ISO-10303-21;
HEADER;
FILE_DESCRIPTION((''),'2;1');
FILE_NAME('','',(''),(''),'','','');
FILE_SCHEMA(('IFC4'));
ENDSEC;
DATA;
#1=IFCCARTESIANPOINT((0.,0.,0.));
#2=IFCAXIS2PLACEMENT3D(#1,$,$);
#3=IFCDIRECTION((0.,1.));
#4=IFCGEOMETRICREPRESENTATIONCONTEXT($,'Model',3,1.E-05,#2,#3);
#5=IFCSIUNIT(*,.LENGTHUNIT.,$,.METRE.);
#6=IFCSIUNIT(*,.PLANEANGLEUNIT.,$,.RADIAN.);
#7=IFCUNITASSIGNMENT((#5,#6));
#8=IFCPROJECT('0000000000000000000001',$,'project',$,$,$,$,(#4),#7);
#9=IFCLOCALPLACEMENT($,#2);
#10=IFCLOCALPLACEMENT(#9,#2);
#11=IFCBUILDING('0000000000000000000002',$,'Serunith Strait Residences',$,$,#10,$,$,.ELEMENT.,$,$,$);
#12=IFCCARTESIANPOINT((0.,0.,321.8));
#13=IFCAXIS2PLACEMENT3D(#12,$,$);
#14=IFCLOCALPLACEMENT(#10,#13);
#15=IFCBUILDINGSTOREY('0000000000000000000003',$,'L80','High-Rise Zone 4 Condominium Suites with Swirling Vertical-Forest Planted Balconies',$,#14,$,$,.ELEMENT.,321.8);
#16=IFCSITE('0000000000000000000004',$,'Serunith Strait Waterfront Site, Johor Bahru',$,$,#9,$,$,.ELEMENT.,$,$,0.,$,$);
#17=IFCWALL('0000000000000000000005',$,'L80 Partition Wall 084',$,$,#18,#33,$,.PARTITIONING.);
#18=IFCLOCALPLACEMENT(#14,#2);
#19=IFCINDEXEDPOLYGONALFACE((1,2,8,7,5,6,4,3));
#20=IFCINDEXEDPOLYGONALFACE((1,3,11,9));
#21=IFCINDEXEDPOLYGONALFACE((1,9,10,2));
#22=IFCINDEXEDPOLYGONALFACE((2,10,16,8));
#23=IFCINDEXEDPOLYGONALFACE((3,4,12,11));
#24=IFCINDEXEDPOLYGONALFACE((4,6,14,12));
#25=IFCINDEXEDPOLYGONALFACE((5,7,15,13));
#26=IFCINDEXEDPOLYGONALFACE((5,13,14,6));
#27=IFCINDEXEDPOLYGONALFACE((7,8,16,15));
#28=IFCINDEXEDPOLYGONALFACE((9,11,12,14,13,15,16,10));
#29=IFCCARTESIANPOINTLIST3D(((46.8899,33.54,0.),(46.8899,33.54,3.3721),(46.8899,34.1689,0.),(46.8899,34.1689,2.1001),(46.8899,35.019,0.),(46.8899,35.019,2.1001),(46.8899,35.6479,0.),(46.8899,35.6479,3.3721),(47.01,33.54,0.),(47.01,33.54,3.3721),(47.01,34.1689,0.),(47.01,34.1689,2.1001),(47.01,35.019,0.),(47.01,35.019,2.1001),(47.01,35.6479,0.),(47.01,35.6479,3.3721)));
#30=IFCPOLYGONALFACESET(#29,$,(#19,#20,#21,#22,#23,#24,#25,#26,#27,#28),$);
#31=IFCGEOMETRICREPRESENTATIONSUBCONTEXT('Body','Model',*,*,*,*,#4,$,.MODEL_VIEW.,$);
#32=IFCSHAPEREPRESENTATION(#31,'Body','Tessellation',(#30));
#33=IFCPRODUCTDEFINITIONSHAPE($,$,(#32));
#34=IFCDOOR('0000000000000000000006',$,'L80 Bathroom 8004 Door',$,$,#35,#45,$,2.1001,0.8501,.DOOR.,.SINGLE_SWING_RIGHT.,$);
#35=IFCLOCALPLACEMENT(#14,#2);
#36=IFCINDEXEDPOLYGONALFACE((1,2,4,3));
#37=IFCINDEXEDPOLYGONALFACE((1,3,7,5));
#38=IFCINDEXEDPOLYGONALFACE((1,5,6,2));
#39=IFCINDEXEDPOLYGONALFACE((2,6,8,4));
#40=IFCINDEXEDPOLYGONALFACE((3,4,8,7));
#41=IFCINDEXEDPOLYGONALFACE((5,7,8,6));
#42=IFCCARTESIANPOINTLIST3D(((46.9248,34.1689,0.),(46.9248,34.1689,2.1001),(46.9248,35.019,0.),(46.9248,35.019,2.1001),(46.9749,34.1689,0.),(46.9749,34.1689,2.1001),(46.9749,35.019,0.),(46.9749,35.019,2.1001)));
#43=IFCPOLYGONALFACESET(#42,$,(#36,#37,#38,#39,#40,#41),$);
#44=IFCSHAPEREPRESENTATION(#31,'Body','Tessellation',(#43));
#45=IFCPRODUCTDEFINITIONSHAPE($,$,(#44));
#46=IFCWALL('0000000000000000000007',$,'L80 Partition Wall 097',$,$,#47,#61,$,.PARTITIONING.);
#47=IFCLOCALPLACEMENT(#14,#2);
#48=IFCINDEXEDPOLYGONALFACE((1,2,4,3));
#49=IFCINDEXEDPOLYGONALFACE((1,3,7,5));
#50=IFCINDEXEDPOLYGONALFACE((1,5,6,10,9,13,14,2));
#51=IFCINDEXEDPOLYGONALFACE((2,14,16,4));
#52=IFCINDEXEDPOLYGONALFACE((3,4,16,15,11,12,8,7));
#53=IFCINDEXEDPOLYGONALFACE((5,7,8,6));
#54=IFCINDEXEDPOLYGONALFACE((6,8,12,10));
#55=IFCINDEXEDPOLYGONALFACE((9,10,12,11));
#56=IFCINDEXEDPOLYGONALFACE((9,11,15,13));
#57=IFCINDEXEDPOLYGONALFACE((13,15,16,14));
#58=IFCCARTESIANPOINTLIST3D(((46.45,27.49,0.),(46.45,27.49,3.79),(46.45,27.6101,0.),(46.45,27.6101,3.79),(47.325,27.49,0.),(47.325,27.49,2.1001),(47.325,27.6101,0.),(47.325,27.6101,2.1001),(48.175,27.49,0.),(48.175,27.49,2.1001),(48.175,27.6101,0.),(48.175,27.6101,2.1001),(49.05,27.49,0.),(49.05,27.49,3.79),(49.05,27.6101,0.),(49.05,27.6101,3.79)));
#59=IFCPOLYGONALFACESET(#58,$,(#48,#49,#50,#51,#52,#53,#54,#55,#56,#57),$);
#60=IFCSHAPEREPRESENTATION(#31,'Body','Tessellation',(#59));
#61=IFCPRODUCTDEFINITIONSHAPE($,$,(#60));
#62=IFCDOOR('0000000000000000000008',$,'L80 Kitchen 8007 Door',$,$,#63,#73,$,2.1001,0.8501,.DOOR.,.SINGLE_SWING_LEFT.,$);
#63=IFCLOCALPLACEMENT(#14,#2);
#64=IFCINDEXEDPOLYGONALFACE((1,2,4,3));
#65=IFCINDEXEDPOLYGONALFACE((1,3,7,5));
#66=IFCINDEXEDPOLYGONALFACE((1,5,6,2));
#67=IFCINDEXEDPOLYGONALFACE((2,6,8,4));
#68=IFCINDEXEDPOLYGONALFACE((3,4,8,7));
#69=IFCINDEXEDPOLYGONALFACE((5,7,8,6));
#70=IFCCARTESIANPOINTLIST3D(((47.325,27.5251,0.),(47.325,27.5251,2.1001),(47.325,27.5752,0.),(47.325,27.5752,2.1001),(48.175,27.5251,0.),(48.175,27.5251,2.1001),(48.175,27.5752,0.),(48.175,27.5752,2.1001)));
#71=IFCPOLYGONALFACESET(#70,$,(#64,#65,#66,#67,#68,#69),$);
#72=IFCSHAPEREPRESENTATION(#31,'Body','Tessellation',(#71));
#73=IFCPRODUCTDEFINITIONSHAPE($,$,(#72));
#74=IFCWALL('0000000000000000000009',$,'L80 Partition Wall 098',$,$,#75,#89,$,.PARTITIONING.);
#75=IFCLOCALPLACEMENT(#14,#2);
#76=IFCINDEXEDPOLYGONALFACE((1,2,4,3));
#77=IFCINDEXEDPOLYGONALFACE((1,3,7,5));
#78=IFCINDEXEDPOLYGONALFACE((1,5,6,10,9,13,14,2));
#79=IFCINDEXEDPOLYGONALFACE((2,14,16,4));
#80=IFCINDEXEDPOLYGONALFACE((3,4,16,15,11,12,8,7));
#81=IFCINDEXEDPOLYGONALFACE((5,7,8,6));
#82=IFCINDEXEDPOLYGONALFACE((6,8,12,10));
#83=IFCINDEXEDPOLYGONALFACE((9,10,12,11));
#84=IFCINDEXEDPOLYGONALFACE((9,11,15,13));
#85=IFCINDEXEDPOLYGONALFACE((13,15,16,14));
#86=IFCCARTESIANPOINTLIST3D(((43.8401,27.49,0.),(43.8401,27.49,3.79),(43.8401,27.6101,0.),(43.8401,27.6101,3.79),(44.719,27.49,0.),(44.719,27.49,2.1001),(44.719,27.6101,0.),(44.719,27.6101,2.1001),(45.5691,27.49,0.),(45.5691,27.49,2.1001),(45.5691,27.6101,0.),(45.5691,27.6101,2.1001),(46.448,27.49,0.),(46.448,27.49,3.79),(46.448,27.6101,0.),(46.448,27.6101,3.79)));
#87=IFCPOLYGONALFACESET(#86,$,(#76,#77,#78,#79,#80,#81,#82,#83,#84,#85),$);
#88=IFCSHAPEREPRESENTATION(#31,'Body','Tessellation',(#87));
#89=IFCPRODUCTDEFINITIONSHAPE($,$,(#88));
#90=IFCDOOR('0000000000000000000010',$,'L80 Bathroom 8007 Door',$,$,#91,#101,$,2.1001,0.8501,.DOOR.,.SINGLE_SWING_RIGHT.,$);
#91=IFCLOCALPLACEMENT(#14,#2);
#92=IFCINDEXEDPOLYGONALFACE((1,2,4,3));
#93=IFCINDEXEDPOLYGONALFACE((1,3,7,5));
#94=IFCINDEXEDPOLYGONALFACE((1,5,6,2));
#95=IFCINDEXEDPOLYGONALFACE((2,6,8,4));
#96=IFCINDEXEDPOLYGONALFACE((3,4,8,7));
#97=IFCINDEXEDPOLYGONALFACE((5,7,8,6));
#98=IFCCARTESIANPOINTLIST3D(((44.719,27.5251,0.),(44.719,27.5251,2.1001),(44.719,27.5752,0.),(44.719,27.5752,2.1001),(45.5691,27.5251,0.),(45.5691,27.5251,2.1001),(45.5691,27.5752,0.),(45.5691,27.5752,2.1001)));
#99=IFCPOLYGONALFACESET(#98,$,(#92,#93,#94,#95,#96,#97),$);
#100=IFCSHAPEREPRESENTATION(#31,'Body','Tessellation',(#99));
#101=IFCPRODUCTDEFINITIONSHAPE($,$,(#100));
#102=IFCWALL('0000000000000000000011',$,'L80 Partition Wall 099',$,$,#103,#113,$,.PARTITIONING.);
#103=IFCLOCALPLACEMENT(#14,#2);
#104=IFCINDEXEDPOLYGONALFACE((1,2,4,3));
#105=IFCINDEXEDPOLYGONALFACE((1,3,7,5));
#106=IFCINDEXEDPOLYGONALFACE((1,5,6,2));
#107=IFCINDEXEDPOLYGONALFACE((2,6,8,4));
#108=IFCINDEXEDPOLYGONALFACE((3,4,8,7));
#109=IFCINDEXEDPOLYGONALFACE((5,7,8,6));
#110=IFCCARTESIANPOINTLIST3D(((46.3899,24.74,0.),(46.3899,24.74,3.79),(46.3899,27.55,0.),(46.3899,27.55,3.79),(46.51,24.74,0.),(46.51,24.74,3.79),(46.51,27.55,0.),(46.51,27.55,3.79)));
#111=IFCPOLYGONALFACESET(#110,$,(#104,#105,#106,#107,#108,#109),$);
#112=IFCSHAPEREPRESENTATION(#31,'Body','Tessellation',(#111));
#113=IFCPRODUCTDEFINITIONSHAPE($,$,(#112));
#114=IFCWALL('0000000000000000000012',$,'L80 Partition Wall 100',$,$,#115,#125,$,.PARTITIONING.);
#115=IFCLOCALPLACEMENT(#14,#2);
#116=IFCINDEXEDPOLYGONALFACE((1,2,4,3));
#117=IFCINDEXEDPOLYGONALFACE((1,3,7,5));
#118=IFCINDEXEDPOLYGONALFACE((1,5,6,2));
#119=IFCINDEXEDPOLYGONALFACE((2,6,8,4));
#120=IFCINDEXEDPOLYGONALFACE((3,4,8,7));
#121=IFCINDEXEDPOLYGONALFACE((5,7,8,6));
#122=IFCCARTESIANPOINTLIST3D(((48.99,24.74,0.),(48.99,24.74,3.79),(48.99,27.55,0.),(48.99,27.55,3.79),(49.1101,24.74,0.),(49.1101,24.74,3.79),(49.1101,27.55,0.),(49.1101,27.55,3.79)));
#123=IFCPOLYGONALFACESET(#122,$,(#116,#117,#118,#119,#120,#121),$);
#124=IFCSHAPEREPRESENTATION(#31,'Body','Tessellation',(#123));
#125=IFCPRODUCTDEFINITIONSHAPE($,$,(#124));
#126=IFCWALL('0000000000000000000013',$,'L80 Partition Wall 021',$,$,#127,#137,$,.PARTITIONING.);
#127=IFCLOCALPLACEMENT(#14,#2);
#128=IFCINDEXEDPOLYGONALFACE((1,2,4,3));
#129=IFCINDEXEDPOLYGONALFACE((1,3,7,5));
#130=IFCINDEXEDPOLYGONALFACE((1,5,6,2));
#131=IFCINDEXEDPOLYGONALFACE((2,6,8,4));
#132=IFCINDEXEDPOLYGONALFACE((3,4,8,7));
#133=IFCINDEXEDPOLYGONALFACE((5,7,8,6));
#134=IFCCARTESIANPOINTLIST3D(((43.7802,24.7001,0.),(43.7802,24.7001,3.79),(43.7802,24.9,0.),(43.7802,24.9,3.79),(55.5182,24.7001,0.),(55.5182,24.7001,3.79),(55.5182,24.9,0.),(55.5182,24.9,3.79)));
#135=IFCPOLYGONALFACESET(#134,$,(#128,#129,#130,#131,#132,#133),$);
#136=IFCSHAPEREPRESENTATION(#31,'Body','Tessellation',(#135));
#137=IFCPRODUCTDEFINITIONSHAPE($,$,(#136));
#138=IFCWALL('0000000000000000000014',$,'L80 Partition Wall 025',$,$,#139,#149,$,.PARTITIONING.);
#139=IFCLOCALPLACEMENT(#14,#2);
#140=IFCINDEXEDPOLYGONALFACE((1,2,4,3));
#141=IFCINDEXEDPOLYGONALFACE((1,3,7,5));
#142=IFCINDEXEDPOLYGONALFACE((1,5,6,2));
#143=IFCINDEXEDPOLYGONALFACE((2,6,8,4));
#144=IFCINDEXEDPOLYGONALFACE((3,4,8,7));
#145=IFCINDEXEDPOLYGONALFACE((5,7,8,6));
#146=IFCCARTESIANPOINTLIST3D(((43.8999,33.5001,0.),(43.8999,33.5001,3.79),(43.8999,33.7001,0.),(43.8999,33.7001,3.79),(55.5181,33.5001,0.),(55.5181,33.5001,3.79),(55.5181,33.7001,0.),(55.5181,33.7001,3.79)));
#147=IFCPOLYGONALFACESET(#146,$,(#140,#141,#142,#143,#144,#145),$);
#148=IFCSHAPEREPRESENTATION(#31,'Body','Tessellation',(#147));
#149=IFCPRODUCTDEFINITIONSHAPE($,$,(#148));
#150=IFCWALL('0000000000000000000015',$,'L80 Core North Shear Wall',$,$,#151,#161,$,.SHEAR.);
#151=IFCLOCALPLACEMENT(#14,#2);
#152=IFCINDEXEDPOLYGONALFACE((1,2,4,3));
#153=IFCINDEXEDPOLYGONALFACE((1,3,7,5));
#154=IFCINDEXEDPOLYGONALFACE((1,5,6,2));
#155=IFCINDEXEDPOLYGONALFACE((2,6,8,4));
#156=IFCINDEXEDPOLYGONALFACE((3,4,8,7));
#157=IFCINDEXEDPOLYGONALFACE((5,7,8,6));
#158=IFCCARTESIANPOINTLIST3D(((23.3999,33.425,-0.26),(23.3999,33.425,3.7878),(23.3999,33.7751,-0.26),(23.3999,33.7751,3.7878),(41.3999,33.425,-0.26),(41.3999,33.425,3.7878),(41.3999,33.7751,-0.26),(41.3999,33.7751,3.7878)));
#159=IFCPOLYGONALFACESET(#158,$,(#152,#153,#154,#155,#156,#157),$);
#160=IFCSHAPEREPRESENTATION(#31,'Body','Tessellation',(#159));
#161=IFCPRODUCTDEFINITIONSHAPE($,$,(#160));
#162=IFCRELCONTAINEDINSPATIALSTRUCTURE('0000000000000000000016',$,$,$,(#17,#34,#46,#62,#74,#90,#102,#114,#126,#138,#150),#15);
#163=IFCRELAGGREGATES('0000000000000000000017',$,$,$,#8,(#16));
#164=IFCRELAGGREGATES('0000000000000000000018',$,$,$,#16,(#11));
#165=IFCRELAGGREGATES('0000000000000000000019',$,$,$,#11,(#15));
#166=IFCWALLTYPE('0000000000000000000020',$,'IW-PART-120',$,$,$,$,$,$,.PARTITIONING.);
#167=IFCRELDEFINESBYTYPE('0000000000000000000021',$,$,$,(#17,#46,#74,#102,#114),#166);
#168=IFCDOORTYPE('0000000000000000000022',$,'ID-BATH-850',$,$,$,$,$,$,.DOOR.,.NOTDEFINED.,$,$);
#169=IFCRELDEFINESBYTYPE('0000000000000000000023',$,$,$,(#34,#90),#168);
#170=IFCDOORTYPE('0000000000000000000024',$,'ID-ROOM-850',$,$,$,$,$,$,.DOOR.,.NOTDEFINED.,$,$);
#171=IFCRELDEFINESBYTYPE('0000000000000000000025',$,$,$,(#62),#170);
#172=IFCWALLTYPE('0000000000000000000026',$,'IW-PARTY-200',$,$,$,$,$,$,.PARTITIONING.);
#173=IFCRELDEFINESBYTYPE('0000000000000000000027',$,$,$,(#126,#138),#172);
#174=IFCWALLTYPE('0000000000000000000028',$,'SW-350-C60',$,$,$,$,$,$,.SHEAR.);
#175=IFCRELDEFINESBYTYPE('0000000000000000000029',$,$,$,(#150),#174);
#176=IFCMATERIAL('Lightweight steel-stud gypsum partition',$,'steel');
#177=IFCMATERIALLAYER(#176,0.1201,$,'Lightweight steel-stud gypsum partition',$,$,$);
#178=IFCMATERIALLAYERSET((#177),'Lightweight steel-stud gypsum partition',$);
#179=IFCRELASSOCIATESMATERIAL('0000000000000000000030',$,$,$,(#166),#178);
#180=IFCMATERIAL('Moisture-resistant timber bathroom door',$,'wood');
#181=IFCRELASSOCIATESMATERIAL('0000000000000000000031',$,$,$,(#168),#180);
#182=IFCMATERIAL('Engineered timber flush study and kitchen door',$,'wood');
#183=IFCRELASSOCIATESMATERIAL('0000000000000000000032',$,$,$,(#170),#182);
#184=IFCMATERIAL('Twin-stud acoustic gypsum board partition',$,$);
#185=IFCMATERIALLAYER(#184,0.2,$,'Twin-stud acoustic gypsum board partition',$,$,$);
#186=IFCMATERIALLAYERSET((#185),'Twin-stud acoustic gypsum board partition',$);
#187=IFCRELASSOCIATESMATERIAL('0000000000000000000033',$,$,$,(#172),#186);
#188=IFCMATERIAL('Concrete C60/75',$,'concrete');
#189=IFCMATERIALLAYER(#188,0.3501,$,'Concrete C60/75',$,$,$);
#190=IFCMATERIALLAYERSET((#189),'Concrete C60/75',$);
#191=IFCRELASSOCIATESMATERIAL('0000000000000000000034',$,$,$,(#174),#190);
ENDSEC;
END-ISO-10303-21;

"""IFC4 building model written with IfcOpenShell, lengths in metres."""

from ifc_helpers import new_model, si_unit, direction, frame, frame_2d, origin, place, context, subcontext, project, spatial, rectangle, extrude, source, transform, mapped, material, layer, layer_set, type_object, element, fill, save


model = new_model("IFC4")

# Units and contexts
model_context = context("Model", 3, precision=1e-05, world=origin(), true_north=direction((0.0, 1.0)))
body_context = subcontext(model_context, "Body", "Model", "MODEL_VIEW")
ifc_project = project(units=[si_unit("LENGTHUNIT", "METRE"), si_unit("PLANEANGLEUNIT", "RADIAN")], contexts=[model_context])

# Site, building, storey
site_placement = place(None, origin())
site = spatial("IfcSite", under=ifc_project, at=site_placement, Name="Serunith Strait Waterfront Site, Johor Bahru", CompositionType="ELEMENT", RefElevation=0.0)
building_placement = place(site_placement, origin())
building = spatial("IfcBuilding", under=site, at=building_placement, Name="Serunith Strait Residences", CompositionType="ELEMENT")
storey_placement = place(building_placement, frame((0.0, 0.0, 321.8)))
storey = spatial("IfcBuildingStorey", under=building, at=storey_placement, Name="L80", Description="High-Rise Zone 4 Condominium Suites with Swirling Vertical-Forest Planted Balconies", CompositionType="ELEMENT", Elevation=321.8)

# Shared definitions
ifc_material_1 = material(Name="Lightweight steel-stud gypsum partition", Category="steel")
ifc_layer_1 = layer(ifc_material_1, 0.1201, Name="Lightweight steel-stud gypsum partition")
ifc_layer_set_1 = layer_set([ifc_layer_1], Name="Lightweight steel-stud gypsum partition")
wall_type_1 = type_object("IfcWallType", Name="IW-PART-120", PredefinedType="PARTITIONING", material=ifc_layer_set_1)

# Walls, openings, doors
wall_1_placement = place(storey_placement, frame((46.95, 35.6479, 0.0), z_axis=(0.0, 0.0, 1.0), x_axis=(0.0, -1.0, 0.0)))
wall_1 = element("IfcWall", 1, at=wall_1_placement, inside=storey, type_object=wall_type_1, Name="L80 Partition Wall 084", PredefinedType="PARTITIONING", context=body_context, shape_type="SweptSolid", body=[
    extrude(rectangle(XDim=2.1079, YDim=0.1201, at=frame_2d((1.054, 0.0))), origin(), (0.0, 0.0, 1.0), 3.3721),
])
opening_1_placement = place(wall_1_placement, frame((0.6289, 0.0, 0.0)))
opening_1 = element("IfcOpeningElement", 2, at=opening_1_placement, cuts=wall_1, PredefinedType="OPENING", context=body_context, shape_type="SweptSolid", body=[
    extrude(rectangle(XDim=0.8501, YDim=2.1001, at=frame_2d((0.425, 1.05))), frame((0.0, 0.0701, 0.0), z_axis=(0.0, -1.0, 0.0), x_axis=(1.0, 0.0, 0.0)), (0.0, 0.0, 1.0), 0.1401),
])
ifc_material_2 = material(Name="Moisture-resistant timber bathroom door", Category="wood")
door_type_1 = type_object("IfcDoorType", Name="ID-BATH-850", OperationType="NOTDEFINED", PredefinedType="DOOR", material=ifc_material_2)
shared_shape_1 = source(origin(), body_context, "Body", "SweptSolid", [
    extrude(rectangle(XDim=0.8501, YDim=2.1001, at=frame_2d((0.425, 1.05))), frame((0.0, 0.0249, 0.0), z_axis=(0.0, -1.0, 0.0), x_axis=(1.0, 0.0, 0.0)), (0.0, 0.0, 1.0), 0.05),
])
door_1_placement = place(opening_1_placement, origin())
door_1 = element("IfcDoor", 3, at=door_1_placement, inside=storey, type_object=door_type_1, Name="L80 Bathroom 8004 Door", OperationType="SINGLE_SWING_RIGHT", OverallHeight=2.1001, OverallWidth=0.8501, PredefinedType="DOOR", context=body_context, shape_type="MappedRepresentation", body=[
    mapped(shared_shape_1, transform((0.0, 0.0, 0.0), scale=1.0)),
])
fill(opening_1, door_1)
wall_2_placement = place(storey_placement, frame((49.05, 27.55, 0.0), z_axis=(0.0, 0.0, 1.0), x_axis=(-1.0, 0.0, 0.0)))
wall_2 = element("IfcWall", 4, at=wall_2_placement, inside=storey, type_object=wall_type_1, Name="L80 Partition Wall 097", PredefinedType="PARTITIONING", context=body_context, shape_type="SweptSolid", body=[
    extrude(rectangle(XDim=2.6001, YDim=0.1201, at=frame_2d((1.3, 0.0))), origin(), (0.0, 0.0, 1.0), 3.79),
])
opening_2_placement = place(wall_2_placement, frame((0.875, 0.0, 0.0)))
opening_2 = element("IfcOpeningElement", 5, at=opening_2_placement, cuts=wall_2, PredefinedType="OPENING", context=body_context, shape_type="SweptSolid", body=[
    extrude(rectangle(XDim=0.8501, YDim=2.1001, at=frame_2d((0.425, 1.05))), frame((0.0, 0.0701, 0.0), z_axis=(0.0, -1.0, 0.0), x_axis=(1.0, 0.0, 0.0)), (0.0, 0.0, 1.0), 0.1401),
])
ifc_material_3 = material(Name="Engineered timber flush study and kitchen door", Category="wood")
door_type_2 = type_object("IfcDoorType", Name="ID-ROOM-850", OperationType="NOTDEFINED", PredefinedType="DOOR", material=ifc_material_3)
door_2_placement = place(opening_2_placement, origin())
door_2 = element("IfcDoor", 6, at=door_2_placement, inside=storey, type_object=door_type_2, Name="L80 Kitchen 8007 Door", OperationType="SINGLE_SWING_LEFT", OverallHeight=2.1001, OverallWidth=0.8501, PredefinedType="DOOR", context=body_context, shape_type="MappedRepresentation", body=[
    mapped(shared_shape_1, transform((0.0, 0.0, 0.0), scale=1.0)),
])
fill(opening_2, door_2)
wall_3_placement = place(storey_placement, frame((46.448, 27.55, 0.0), z_axis=(0.0, 0.0, 1.0), x_axis=(-1.0, 0.0, 0.0)))
wall_3 = element("IfcWall", 7, at=wall_3_placement, inside=storey, type_object=wall_type_1, Name="L80 Partition Wall 098", PredefinedType="PARTITIONING", context=body_context, shape_type="SweptSolid", body=[
    extrude(rectangle(XDim=2.6079, YDim=0.1201, at=frame_2d((1.304, 0.0))), origin(), (0.0, 0.0, 1.0), 3.79),
])
opening_3_placement = place(wall_3_placement, frame((0.8789, 0.0, 0.0)))
opening_3 = element("IfcOpeningElement", 8, at=opening_3_placement, cuts=wall_3, PredefinedType="OPENING", context=body_context, shape_type="SweptSolid", body=[
    extrude(rectangle(XDim=0.8501, YDim=2.1001, at=frame_2d((0.425, 1.05))), frame((0.0, 0.0701, 0.0), z_axis=(0.0, -1.0, 0.0), x_axis=(1.0, 0.0, 0.0)), (0.0, 0.0, 1.0), 0.1401),
])
door_3_placement = place(opening_3_placement, origin())
door_3 = element("IfcDoor", 9, at=door_3_placement, inside=storey, type_object=door_type_1, Name="L80 Bathroom 8007 Door", OperationType="SINGLE_SWING_RIGHT", OverallHeight=2.1001, OverallWidth=0.8501, PredefinedType="DOOR", context=body_context, shape_type="MappedRepresentation", body=[
    mapped(shared_shape_1, transform((0.0, 0.0, 0.0), scale=1.0)),
])
fill(opening_3, door_3)

# Walls
for number, where, z_axis, x_axis, name in (
    (10, (46.45, 24.74, 0.0), (0.0, 0.0, 1.0), (0.0, 1.0, 0.0), "L80 Partition Wall 099"),
    (11, (49.05, 24.74, 0.0), (0.0, 0.0, 1.0), (0.0, 1.0, 0.0), "L80 Partition Wall 100"),
):
    element("IfcWall", number, at=place(storey_placement, frame(where, z_axis=z_axis, x_axis=x_axis)), inside=storey, type_object=wall_type_1, Name=name, PredefinedType="PARTITIONING", context=body_context, shape_type="SweptSolid", body=[
        extrude(rectangle(XDim=2.8101, YDim=0.1201, at=frame_2d((1.405, 0.0))), origin(), (0.0, 0.0, 1.0), 3.79),
    ])
ifc_material_4 = material(Name="Twin-stud acoustic gypsum board partition")
ifc_layer_2 = layer(ifc_material_4, 0.2, Name="Twin-stud acoustic gypsum board partition")
ifc_layer_set_2 = layer_set([ifc_layer_2], Name="Twin-stud acoustic gypsum board partition")
wall_type_2 = type_object("IfcWallType", Name="IW-PARTY-200", PredefinedType="PARTITIONING", material=ifc_layer_set_2)
wall_4_placement = place(storey_placement, frame((43.78, 24.8, 0.0), z_axis=(0.0, 0.0, 1.0), x_axis=(1.0, 0.0, 0.0)))
element("IfcWall", 12, at=wall_4_placement, inside=storey, type_object=wall_type_2, Name="L80 Partition Wall 021", PredefinedType="PARTITIONING", context=body_context, shape_type="SweptSolid", body=[
    extrude(rectangle(XDim=11.738, YDim=0.2, at=frame_2d((5.8691, 0.0))), origin(), (0.0, 0.0, 1.0), 3.79),
])
wall_5_placement = place(storey_placement, frame((43.8999, 33.6001, 0.0), z_axis=(0.0, 0.0, 1.0), x_axis=(1.0, 0.0, 0.0)))
element("IfcWall", 13, at=wall_5_placement, inside=storey, type_object=wall_type_2, Name="L80 Partition Wall 025", PredefinedType="PARTITIONING", context=body_context, shape_type="SweptSolid", body=[
    extrude(rectangle(XDim=11.6182, YDim=0.2, at=frame_2d((5.8091, 0.0))), origin(), (0.0, 0.0, 1.0), 3.79),
])
ifc_material_5 = material(Name="Concrete C60/75", Category="concrete")
ifc_layer_3 = layer(ifc_material_5, 0.3501, Name="Concrete C60/75")
ifc_layer_set_3 = layer_set([ifc_layer_3], Name="Concrete C60/75")
wall_type_3 = type_object("IfcWallType", Name="SW-350-C60", PredefinedType="SHEAR", material=ifc_layer_set_3)
wall_6_placement = place(storey_placement, frame((41.3999, 33.6001, -0.26), z_axis=(0.0, 0.0, 1.0), x_axis=(-1.0, 0.0, 0.0)))
element("IfcWall", 14, at=wall_6_placement, inside=storey, type_object=wall_type_3, Name="L80 Core North Shear Wall", PredefinedType="SHEAR", context=body_context, shape_type="SweptSolid", body=[
    extrude(rectangle(XDim=18.0, YDim=0.3501, at=frame_2d((9.0, 0.0))), origin(), (0.0, 0.0, 1.0), 4.0479),
])

save(model, "model.ifc")
